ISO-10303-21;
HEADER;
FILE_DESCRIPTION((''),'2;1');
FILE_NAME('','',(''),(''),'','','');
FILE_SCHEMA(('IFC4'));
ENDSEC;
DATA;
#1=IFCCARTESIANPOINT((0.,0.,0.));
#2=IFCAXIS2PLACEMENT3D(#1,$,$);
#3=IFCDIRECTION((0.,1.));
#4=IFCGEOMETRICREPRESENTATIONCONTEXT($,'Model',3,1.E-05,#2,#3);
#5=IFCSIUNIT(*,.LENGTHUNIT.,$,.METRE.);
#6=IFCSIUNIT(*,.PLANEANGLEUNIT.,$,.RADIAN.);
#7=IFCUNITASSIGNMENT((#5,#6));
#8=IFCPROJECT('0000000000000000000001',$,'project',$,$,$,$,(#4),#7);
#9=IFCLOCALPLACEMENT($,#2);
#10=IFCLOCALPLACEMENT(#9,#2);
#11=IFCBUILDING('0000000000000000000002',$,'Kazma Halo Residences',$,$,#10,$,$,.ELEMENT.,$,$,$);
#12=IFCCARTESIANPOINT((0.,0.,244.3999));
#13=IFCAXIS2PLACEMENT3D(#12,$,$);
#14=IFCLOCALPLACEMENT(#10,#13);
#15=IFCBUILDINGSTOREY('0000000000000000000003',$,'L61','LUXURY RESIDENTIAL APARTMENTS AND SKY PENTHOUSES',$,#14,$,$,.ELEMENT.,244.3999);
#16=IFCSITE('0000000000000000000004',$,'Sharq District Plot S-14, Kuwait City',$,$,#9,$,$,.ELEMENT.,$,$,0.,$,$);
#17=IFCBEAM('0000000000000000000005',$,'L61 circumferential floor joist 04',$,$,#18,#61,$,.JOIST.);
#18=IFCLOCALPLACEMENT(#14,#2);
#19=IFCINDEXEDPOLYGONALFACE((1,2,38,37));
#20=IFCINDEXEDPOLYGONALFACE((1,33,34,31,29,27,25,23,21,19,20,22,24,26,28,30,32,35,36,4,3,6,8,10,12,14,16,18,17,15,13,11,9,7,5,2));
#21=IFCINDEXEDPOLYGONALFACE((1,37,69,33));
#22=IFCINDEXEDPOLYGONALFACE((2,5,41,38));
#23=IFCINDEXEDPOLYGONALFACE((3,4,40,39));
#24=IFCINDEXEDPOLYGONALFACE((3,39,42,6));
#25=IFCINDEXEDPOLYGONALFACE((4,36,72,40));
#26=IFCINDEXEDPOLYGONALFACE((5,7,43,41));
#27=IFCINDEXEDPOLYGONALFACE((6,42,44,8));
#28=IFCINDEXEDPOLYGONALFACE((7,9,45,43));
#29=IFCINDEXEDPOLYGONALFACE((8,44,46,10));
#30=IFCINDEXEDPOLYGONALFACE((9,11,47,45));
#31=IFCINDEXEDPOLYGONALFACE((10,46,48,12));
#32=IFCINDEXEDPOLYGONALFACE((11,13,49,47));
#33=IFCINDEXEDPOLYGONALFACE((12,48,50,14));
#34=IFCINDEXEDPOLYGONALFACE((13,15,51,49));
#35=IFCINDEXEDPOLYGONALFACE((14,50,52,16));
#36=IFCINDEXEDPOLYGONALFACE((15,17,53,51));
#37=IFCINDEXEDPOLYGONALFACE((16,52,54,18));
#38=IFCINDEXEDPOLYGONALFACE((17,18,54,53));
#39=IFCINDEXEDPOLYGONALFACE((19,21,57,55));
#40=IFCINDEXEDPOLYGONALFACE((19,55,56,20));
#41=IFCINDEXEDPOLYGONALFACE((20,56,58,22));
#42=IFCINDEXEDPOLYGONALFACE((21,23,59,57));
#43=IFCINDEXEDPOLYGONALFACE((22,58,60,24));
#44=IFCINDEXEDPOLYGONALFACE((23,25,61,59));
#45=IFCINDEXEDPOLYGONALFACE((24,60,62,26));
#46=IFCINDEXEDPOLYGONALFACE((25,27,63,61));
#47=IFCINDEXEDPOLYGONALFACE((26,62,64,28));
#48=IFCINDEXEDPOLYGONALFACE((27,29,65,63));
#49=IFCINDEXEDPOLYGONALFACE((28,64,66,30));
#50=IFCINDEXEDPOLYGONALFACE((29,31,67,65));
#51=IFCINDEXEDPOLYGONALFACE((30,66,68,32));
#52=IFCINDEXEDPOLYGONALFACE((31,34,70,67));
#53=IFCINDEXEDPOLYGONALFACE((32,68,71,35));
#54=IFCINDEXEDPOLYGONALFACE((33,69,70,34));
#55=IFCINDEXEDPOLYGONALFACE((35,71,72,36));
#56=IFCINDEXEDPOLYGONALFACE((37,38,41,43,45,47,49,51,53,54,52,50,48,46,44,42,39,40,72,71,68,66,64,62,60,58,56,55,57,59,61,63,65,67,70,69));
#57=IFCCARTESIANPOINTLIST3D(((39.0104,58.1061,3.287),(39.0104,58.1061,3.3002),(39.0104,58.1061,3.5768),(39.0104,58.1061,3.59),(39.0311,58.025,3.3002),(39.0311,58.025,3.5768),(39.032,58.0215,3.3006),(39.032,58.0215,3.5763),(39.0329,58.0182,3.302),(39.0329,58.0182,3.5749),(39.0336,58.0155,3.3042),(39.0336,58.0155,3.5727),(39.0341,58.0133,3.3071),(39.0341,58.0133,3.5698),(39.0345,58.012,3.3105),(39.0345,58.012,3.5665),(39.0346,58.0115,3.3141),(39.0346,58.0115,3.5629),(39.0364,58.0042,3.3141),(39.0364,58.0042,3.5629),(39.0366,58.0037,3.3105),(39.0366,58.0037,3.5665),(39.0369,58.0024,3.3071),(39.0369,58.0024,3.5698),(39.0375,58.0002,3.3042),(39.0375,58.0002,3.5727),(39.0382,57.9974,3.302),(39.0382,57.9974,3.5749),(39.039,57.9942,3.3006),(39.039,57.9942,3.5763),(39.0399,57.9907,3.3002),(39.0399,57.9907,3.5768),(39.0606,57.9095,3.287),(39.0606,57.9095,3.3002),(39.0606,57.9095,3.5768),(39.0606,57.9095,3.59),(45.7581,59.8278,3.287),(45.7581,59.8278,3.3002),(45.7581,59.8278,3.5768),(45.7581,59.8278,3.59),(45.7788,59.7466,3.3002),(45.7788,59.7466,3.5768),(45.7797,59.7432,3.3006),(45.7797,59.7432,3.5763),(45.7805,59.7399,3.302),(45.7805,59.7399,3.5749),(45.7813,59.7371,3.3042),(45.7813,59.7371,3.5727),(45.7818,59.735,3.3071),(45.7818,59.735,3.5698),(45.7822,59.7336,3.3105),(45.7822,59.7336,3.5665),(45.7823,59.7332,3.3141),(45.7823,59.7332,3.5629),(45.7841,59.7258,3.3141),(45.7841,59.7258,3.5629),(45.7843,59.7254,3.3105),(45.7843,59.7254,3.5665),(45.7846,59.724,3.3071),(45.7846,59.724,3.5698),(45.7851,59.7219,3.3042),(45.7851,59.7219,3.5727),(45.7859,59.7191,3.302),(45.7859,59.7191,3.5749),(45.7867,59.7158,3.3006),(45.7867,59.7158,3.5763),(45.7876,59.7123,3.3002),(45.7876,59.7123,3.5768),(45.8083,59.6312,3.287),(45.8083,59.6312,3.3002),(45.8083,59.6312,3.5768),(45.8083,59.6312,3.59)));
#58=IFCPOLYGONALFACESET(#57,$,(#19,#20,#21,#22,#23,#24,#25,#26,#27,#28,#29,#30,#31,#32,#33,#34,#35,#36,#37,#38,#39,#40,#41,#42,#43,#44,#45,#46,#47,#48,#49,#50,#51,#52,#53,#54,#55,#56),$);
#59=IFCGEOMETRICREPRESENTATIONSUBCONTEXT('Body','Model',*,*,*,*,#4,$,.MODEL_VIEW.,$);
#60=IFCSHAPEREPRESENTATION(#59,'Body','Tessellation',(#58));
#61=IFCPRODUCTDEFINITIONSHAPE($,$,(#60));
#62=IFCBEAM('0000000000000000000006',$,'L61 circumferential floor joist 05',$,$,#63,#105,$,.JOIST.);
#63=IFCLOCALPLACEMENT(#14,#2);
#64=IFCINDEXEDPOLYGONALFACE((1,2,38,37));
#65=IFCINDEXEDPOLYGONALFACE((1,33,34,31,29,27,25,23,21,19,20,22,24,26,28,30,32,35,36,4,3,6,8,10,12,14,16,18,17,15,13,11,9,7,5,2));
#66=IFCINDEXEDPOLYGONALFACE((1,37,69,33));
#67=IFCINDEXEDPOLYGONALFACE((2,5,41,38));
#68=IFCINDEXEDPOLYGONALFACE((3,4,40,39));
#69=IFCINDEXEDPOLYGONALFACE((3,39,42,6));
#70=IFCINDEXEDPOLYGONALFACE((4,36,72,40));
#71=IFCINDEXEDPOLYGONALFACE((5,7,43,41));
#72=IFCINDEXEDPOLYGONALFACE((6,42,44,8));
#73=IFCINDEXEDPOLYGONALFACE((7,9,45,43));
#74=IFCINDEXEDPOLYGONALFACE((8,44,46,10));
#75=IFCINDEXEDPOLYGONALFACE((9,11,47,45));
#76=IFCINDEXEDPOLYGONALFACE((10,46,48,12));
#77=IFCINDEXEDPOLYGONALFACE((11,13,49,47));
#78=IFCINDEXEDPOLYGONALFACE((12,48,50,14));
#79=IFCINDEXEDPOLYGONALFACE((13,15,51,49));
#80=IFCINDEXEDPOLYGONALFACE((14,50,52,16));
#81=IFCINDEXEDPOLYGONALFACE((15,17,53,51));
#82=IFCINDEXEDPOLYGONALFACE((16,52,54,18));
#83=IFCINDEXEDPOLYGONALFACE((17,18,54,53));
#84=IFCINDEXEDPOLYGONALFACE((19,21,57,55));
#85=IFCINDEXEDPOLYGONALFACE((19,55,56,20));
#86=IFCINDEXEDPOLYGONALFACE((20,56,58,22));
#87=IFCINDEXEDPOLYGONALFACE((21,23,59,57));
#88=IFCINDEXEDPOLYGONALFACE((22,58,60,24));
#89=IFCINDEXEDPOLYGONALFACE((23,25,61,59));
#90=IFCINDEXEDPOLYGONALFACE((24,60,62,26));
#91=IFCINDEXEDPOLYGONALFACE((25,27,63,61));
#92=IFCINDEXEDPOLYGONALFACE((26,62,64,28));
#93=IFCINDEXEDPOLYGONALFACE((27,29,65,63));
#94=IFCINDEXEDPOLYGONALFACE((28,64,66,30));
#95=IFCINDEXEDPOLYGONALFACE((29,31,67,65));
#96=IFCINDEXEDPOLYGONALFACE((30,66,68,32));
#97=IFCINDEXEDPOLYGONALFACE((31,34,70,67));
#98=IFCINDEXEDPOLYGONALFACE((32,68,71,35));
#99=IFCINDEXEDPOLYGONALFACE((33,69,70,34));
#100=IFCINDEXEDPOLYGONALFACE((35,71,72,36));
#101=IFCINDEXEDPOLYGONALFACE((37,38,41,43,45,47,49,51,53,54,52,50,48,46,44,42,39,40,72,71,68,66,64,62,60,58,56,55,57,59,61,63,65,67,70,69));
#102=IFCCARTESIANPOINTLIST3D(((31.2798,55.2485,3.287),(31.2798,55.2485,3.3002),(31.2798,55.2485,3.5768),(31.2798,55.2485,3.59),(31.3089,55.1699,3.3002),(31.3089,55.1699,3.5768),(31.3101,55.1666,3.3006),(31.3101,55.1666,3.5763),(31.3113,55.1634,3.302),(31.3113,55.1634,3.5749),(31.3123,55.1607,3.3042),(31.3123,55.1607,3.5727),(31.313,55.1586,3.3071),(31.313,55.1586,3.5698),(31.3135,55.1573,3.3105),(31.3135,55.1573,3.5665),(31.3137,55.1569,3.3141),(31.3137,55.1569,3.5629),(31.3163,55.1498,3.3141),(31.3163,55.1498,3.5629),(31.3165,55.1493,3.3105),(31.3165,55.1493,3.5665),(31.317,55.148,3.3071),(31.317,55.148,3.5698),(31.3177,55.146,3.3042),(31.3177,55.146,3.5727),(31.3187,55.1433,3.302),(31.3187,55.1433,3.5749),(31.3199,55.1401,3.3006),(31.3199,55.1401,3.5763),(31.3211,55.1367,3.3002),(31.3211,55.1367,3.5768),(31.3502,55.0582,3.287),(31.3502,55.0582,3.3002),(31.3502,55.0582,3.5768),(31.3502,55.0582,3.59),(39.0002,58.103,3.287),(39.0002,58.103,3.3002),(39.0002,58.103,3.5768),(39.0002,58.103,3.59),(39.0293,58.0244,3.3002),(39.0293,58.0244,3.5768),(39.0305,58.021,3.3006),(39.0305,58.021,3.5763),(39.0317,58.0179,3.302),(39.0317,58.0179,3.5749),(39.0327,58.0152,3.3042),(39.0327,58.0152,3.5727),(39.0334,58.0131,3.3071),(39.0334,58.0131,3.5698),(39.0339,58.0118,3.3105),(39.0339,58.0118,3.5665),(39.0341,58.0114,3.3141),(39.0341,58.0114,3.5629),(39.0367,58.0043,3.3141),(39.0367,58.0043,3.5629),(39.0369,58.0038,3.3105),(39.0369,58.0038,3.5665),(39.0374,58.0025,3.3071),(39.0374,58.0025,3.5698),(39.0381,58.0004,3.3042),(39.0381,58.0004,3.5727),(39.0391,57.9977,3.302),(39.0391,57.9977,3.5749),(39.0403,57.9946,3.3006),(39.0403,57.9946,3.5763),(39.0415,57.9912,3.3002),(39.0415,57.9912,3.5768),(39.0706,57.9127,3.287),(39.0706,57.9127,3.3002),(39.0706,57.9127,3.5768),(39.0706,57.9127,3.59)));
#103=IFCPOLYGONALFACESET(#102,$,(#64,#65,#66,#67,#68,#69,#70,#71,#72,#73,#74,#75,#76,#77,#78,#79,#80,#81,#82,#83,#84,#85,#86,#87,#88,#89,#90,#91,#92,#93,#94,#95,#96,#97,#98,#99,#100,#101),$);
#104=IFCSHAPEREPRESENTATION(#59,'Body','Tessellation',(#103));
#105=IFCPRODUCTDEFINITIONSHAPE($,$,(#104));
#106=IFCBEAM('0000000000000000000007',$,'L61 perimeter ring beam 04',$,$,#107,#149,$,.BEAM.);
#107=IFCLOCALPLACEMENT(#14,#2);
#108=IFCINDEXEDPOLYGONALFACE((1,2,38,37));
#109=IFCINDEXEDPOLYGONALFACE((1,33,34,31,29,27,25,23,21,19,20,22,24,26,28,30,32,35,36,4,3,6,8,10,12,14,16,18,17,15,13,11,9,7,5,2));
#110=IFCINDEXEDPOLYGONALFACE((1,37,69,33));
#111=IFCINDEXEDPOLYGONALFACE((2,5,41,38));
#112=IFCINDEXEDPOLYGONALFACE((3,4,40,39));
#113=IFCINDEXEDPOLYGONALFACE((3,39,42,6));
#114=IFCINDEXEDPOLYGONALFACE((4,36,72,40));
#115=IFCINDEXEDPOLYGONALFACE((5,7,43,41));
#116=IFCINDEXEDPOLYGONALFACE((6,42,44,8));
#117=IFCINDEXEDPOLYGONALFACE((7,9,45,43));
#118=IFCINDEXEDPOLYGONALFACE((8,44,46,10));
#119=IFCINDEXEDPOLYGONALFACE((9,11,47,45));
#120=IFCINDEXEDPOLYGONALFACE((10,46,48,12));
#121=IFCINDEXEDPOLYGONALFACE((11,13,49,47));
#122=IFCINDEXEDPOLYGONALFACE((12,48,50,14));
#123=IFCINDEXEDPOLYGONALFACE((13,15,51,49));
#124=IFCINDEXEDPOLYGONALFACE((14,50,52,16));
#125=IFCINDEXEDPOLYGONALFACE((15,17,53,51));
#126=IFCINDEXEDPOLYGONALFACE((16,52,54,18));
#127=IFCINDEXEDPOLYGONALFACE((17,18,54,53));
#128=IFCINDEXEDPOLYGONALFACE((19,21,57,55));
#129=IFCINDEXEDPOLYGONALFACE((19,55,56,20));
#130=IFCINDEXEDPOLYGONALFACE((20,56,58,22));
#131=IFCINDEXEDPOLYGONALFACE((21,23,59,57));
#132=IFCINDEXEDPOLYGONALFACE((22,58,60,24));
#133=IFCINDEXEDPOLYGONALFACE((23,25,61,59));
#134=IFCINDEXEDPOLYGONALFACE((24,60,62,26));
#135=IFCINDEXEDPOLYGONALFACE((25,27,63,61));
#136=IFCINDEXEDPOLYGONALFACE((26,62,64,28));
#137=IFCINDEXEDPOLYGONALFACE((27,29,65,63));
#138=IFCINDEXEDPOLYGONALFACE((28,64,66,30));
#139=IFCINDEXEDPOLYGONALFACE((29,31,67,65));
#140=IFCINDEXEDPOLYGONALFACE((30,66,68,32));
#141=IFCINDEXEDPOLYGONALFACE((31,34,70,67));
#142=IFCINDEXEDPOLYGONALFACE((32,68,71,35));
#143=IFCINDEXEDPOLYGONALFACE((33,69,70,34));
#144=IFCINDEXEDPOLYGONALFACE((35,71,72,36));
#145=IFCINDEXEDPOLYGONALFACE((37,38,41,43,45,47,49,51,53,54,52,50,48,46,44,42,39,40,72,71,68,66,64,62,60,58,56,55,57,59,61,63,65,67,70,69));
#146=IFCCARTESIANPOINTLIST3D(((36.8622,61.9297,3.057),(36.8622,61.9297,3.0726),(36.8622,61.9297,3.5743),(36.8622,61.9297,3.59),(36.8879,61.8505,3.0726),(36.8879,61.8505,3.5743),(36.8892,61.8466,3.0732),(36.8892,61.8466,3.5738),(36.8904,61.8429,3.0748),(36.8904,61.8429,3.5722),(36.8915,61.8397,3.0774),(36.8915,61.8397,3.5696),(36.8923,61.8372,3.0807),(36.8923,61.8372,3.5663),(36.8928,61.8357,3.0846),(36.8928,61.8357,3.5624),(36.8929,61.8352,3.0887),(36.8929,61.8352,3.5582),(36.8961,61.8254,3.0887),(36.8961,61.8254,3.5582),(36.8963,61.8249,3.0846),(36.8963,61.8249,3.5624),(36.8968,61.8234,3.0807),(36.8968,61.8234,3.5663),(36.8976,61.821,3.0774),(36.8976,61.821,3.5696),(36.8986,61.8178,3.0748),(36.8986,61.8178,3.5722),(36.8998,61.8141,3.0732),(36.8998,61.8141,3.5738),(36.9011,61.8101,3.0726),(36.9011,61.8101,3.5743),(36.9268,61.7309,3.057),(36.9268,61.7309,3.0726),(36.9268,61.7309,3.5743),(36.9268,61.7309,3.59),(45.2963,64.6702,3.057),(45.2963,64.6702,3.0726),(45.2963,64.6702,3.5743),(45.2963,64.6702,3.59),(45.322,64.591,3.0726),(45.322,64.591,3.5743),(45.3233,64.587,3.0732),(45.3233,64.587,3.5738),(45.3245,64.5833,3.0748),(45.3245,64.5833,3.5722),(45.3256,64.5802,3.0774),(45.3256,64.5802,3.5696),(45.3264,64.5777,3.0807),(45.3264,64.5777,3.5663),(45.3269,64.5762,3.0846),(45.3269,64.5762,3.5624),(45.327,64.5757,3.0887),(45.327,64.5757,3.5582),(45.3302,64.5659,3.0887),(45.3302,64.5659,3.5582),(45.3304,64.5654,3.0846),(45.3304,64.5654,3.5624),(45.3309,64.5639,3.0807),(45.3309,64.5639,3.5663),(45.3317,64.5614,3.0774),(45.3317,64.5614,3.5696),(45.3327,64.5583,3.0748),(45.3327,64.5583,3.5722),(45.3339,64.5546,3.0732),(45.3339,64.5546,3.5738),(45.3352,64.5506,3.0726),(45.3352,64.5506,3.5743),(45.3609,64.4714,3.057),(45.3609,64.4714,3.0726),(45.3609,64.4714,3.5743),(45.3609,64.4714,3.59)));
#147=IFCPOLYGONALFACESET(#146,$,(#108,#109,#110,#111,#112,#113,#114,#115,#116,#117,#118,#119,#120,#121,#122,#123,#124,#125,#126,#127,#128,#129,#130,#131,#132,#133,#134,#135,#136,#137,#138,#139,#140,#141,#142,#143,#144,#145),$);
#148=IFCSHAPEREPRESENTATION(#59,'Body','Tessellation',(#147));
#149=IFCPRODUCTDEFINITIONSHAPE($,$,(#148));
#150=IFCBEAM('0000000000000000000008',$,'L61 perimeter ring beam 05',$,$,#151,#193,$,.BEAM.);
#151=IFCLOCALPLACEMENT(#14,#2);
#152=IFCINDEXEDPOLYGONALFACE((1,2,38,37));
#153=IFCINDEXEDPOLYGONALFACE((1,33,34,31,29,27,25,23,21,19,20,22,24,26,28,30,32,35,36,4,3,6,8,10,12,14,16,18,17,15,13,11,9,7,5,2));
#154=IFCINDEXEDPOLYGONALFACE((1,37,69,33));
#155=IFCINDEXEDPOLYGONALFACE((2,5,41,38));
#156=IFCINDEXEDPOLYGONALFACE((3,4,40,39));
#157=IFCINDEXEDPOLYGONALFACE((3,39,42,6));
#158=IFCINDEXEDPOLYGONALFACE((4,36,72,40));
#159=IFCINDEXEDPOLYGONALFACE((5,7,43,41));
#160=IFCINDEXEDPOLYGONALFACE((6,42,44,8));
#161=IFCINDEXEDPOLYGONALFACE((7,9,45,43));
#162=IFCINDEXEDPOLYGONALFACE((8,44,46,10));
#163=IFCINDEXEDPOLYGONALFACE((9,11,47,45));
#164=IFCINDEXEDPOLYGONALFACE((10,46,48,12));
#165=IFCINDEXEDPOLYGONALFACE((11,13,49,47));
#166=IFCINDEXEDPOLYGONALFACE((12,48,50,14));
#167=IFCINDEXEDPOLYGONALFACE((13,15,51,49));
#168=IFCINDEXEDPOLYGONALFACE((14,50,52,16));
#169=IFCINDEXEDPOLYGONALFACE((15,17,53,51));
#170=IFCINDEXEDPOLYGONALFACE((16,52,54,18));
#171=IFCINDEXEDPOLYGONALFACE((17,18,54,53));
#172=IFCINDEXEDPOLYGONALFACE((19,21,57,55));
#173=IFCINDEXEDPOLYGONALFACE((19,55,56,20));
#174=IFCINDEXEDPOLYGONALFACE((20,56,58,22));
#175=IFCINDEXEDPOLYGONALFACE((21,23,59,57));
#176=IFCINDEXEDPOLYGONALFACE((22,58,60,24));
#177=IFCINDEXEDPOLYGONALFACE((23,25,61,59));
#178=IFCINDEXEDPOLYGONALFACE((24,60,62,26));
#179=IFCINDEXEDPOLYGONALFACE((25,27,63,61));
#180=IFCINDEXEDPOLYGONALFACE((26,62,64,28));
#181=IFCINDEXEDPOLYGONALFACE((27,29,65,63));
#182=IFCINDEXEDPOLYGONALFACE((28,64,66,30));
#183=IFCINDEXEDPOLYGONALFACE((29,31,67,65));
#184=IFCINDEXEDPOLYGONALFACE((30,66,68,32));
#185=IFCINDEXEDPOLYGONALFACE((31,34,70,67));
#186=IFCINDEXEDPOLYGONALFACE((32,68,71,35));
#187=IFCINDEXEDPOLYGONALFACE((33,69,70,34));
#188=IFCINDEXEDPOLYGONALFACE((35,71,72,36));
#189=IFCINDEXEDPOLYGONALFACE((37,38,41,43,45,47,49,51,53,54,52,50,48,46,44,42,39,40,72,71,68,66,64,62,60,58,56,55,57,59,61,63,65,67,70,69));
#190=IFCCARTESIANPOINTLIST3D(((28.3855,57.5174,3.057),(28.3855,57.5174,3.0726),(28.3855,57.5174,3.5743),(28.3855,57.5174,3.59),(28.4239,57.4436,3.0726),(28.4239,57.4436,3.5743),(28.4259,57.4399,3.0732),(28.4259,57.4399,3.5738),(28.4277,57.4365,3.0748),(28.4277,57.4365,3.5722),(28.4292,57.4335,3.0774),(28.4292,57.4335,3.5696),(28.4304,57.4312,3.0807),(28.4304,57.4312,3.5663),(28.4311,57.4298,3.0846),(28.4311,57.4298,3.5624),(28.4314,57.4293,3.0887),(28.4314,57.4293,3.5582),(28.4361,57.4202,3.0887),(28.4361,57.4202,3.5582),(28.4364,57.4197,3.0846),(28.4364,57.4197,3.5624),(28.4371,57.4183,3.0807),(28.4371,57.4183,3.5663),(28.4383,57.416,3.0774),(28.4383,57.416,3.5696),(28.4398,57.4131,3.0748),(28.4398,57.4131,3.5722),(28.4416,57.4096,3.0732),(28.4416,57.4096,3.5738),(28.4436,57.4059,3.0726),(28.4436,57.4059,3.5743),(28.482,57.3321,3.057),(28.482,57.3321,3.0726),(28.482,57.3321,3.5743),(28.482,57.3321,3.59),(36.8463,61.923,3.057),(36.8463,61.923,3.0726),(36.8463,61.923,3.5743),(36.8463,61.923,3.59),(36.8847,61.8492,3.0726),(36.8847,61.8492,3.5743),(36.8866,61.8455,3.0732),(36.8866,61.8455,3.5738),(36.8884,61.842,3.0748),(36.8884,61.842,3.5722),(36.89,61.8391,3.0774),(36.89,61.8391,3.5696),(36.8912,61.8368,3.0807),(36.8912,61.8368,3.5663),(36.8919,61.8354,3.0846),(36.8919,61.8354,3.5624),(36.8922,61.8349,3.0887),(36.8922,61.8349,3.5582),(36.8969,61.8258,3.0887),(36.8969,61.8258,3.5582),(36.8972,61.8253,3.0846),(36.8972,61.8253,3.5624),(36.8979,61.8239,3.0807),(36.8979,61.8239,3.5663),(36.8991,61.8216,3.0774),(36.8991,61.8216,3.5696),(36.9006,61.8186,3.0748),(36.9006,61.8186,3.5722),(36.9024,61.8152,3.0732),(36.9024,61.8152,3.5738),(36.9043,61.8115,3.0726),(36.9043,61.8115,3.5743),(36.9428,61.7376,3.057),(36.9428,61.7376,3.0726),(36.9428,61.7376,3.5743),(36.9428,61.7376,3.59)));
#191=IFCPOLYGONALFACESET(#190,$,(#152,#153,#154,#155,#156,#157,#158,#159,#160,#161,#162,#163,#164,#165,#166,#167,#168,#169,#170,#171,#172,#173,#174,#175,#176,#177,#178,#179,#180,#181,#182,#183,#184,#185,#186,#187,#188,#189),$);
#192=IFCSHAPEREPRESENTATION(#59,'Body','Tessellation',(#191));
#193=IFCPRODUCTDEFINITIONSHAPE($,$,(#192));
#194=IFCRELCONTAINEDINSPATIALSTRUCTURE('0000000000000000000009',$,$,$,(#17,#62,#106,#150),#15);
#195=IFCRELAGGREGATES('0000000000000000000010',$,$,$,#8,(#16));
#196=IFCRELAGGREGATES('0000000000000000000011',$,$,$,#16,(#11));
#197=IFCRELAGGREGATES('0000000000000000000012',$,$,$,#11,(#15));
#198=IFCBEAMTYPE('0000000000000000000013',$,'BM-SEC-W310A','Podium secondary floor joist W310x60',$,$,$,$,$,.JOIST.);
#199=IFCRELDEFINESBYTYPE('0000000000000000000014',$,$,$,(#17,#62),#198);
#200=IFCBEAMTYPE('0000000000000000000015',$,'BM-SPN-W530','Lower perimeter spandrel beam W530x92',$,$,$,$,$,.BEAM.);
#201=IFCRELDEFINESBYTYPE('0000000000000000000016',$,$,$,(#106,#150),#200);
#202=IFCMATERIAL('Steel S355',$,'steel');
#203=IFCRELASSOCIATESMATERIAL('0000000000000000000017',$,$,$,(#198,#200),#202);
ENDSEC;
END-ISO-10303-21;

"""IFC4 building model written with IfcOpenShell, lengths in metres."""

from ifc_helpers import new_model, si_unit, direction, frame, origin, origin_2d, place, context, subcontext, project, spatial, i_section, extrude, material, material_profile, profile_set, type_object, element, save


model = new_model("IFC4")

# Units and contexts
model_context = context("Model", 3, precision=1e-05, world=origin(), true_north=direction((0.0, 1.0)))
body_context = subcontext(model_context, "Body", "Model", "MODEL_VIEW")
ifc_project = project(units=[si_unit("LENGTHUNIT", "METRE"), si_unit("PLANEANGLEUNIT", "RADIAN")], contexts=[model_context])

# Site, building, storey
site_placement = place(None, origin())
site = spatial("IfcSite", under=ifc_project, at=site_placement, Name="Sharq District Plot S-14, Kuwait City", CompositionType="ELEMENT", RefElevation=0.0)
building_placement = place(site_placement, origin())
building = spatial("IfcBuilding", under=site, at=building_placement, Name="Kazma Halo Residences", CompositionType="ELEMENT")
storey_placement = place(building_placement, frame((0.0, 0.0, 244.3999)))
storey = spatial("IfcBuildingStorey", under=building, at=storey_placement, Name="L61", Description="LUXURY RESIDENTIAL APARTMENTS AND SKY PENTHOUSES", CompositionType="ELEMENT", Elevation=244.3999)

# Beams
ifc_material_1 = material(Name="Steel S355", Category="steel")
ifc_material_profile_1 = material_profile(ifc_material_1, i_section(OverallWidth=0.2029, OverallDepth=0.303, WebThickness=0.0076, FlangeThickness=0.0132, FilletRadius=0.0139, at=origin_2d()), Name="W310x60")
ifc_profile_set_1 = profile_set([ifc_material_profile_1], Name="Steel S355")
beam_type_1 = type_object("IfcBeamType", Name="BM-SEC-W310A", Description="Podium secondary floor joist W310x60", PredefinedType="JOIST", material=ifc_profile_set_1)
beam_1_placement = place(storey_placement, frame((45.7832, 59.7295, 3.4385), z_axis=(-0.968958, -0.247226, 0.0), x_axis=(0.247226, -0.968958, 0.0)))
element("IfcBeam", 1, at=beam_1_placement, inside=storey, type_object=beam_type_1, Name="L61 circumferential floor joist 04", PredefinedType="JOIST", context=body_context, shape_type="SweptSolid", body=[
    extrude(i_section(OverallWidth=0.2029, OverallDepth=0.303, WebThickness=0.0076, FlangeThickness=0.0132, FilletRadius=0.0139, at=origin_2d()), origin(), (0.0, 0.0, 1.0), 6.9639),
])
beam_2_placement = place(storey_placement, frame((39.0354, 58.0078, 3.4385), z_axis=(-0.937944, -0.346787, 0.0), x_axis=(0.346787, -0.937944, 0.0)))
element("IfcBeam", 2, at=beam_2_placement, inside=storey, type_object=beam_type_1, Name="L61 circumferential floor joist 05", PredefinedType="JOIST", context=body_context, shape_type="SweptSolid", body=[
    extrude(i_section(OverallWidth=0.2029, OverallDepth=0.303, WebThickness=0.0076, FlangeThickness=0.0132, FilletRadius=0.0139, at=origin_2d()), origin(), (0.0, 0.0, 1.0), 8.2312),
])
ifc_material_profile_2 = material_profile(ifc_material_1, i_section(OverallWidth=0.209, OverallDepth=0.533, WebThickness=0.0103, FlangeThickness=0.0156, FilletRadius=0.0161, at=origin_2d()), Name="W530x92")
ifc_profile_set_2 = profile_set([ifc_material_profile_2], Name="Steel S355")
beam_type_2 = type_object("IfcBeamType", Name="BM-SPN-W530", Description="Lower perimeter spandrel beam W530x92", PredefinedType="BEAM", material=ifc_profile_set_2)
beam_3_placement = place(storey_placement, frame((45.3286, 64.5708, 3.3235), z_axis=(-0.951054, -0.309025, 0.0), x_axis=(0.309025, -0.951054, 0.0)))
element("IfcBeam", 3, at=beam_3_placement, inside=storey, type_object=beam_type_2, Name="L61 perimeter ring beam 04", PredefinedType="BEAM", context=body_context, shape_type="SweptSolid", body=[
    extrude(i_section(OverallWidth=0.209, OverallDepth=0.533, WebThickness=0.0103, FlangeThickness=0.0156, FilletRadius=0.0161, at=origin_2d()), origin(), (0.0, 0.0, 1.0), 8.8682),
])
beam_4_placement = place(storey_placement, frame((36.8945, 61.8303, 3.3235), z_axis=(-0.886961, -0.461844, 0.0), x_axis=(0.461844, -0.886961, 0.0)))
element("IfcBeam", 4, at=beam_4_placement, inside=storey, type_object=beam_type_2, Name="L61 perimeter ring beam 05", PredefinedType="BEAM", context=body_context, shape_type="SweptSolid", body=[
    extrude(i_section(OverallWidth=0.209, OverallDepth=0.533, WebThickness=0.0103, FlangeThickness=0.0156, FilletRadius=0.0161, at=origin_2d()), origin(), (0.0, 0.0, 1.0), 9.5391),
])

save(model, "model.ifc")
